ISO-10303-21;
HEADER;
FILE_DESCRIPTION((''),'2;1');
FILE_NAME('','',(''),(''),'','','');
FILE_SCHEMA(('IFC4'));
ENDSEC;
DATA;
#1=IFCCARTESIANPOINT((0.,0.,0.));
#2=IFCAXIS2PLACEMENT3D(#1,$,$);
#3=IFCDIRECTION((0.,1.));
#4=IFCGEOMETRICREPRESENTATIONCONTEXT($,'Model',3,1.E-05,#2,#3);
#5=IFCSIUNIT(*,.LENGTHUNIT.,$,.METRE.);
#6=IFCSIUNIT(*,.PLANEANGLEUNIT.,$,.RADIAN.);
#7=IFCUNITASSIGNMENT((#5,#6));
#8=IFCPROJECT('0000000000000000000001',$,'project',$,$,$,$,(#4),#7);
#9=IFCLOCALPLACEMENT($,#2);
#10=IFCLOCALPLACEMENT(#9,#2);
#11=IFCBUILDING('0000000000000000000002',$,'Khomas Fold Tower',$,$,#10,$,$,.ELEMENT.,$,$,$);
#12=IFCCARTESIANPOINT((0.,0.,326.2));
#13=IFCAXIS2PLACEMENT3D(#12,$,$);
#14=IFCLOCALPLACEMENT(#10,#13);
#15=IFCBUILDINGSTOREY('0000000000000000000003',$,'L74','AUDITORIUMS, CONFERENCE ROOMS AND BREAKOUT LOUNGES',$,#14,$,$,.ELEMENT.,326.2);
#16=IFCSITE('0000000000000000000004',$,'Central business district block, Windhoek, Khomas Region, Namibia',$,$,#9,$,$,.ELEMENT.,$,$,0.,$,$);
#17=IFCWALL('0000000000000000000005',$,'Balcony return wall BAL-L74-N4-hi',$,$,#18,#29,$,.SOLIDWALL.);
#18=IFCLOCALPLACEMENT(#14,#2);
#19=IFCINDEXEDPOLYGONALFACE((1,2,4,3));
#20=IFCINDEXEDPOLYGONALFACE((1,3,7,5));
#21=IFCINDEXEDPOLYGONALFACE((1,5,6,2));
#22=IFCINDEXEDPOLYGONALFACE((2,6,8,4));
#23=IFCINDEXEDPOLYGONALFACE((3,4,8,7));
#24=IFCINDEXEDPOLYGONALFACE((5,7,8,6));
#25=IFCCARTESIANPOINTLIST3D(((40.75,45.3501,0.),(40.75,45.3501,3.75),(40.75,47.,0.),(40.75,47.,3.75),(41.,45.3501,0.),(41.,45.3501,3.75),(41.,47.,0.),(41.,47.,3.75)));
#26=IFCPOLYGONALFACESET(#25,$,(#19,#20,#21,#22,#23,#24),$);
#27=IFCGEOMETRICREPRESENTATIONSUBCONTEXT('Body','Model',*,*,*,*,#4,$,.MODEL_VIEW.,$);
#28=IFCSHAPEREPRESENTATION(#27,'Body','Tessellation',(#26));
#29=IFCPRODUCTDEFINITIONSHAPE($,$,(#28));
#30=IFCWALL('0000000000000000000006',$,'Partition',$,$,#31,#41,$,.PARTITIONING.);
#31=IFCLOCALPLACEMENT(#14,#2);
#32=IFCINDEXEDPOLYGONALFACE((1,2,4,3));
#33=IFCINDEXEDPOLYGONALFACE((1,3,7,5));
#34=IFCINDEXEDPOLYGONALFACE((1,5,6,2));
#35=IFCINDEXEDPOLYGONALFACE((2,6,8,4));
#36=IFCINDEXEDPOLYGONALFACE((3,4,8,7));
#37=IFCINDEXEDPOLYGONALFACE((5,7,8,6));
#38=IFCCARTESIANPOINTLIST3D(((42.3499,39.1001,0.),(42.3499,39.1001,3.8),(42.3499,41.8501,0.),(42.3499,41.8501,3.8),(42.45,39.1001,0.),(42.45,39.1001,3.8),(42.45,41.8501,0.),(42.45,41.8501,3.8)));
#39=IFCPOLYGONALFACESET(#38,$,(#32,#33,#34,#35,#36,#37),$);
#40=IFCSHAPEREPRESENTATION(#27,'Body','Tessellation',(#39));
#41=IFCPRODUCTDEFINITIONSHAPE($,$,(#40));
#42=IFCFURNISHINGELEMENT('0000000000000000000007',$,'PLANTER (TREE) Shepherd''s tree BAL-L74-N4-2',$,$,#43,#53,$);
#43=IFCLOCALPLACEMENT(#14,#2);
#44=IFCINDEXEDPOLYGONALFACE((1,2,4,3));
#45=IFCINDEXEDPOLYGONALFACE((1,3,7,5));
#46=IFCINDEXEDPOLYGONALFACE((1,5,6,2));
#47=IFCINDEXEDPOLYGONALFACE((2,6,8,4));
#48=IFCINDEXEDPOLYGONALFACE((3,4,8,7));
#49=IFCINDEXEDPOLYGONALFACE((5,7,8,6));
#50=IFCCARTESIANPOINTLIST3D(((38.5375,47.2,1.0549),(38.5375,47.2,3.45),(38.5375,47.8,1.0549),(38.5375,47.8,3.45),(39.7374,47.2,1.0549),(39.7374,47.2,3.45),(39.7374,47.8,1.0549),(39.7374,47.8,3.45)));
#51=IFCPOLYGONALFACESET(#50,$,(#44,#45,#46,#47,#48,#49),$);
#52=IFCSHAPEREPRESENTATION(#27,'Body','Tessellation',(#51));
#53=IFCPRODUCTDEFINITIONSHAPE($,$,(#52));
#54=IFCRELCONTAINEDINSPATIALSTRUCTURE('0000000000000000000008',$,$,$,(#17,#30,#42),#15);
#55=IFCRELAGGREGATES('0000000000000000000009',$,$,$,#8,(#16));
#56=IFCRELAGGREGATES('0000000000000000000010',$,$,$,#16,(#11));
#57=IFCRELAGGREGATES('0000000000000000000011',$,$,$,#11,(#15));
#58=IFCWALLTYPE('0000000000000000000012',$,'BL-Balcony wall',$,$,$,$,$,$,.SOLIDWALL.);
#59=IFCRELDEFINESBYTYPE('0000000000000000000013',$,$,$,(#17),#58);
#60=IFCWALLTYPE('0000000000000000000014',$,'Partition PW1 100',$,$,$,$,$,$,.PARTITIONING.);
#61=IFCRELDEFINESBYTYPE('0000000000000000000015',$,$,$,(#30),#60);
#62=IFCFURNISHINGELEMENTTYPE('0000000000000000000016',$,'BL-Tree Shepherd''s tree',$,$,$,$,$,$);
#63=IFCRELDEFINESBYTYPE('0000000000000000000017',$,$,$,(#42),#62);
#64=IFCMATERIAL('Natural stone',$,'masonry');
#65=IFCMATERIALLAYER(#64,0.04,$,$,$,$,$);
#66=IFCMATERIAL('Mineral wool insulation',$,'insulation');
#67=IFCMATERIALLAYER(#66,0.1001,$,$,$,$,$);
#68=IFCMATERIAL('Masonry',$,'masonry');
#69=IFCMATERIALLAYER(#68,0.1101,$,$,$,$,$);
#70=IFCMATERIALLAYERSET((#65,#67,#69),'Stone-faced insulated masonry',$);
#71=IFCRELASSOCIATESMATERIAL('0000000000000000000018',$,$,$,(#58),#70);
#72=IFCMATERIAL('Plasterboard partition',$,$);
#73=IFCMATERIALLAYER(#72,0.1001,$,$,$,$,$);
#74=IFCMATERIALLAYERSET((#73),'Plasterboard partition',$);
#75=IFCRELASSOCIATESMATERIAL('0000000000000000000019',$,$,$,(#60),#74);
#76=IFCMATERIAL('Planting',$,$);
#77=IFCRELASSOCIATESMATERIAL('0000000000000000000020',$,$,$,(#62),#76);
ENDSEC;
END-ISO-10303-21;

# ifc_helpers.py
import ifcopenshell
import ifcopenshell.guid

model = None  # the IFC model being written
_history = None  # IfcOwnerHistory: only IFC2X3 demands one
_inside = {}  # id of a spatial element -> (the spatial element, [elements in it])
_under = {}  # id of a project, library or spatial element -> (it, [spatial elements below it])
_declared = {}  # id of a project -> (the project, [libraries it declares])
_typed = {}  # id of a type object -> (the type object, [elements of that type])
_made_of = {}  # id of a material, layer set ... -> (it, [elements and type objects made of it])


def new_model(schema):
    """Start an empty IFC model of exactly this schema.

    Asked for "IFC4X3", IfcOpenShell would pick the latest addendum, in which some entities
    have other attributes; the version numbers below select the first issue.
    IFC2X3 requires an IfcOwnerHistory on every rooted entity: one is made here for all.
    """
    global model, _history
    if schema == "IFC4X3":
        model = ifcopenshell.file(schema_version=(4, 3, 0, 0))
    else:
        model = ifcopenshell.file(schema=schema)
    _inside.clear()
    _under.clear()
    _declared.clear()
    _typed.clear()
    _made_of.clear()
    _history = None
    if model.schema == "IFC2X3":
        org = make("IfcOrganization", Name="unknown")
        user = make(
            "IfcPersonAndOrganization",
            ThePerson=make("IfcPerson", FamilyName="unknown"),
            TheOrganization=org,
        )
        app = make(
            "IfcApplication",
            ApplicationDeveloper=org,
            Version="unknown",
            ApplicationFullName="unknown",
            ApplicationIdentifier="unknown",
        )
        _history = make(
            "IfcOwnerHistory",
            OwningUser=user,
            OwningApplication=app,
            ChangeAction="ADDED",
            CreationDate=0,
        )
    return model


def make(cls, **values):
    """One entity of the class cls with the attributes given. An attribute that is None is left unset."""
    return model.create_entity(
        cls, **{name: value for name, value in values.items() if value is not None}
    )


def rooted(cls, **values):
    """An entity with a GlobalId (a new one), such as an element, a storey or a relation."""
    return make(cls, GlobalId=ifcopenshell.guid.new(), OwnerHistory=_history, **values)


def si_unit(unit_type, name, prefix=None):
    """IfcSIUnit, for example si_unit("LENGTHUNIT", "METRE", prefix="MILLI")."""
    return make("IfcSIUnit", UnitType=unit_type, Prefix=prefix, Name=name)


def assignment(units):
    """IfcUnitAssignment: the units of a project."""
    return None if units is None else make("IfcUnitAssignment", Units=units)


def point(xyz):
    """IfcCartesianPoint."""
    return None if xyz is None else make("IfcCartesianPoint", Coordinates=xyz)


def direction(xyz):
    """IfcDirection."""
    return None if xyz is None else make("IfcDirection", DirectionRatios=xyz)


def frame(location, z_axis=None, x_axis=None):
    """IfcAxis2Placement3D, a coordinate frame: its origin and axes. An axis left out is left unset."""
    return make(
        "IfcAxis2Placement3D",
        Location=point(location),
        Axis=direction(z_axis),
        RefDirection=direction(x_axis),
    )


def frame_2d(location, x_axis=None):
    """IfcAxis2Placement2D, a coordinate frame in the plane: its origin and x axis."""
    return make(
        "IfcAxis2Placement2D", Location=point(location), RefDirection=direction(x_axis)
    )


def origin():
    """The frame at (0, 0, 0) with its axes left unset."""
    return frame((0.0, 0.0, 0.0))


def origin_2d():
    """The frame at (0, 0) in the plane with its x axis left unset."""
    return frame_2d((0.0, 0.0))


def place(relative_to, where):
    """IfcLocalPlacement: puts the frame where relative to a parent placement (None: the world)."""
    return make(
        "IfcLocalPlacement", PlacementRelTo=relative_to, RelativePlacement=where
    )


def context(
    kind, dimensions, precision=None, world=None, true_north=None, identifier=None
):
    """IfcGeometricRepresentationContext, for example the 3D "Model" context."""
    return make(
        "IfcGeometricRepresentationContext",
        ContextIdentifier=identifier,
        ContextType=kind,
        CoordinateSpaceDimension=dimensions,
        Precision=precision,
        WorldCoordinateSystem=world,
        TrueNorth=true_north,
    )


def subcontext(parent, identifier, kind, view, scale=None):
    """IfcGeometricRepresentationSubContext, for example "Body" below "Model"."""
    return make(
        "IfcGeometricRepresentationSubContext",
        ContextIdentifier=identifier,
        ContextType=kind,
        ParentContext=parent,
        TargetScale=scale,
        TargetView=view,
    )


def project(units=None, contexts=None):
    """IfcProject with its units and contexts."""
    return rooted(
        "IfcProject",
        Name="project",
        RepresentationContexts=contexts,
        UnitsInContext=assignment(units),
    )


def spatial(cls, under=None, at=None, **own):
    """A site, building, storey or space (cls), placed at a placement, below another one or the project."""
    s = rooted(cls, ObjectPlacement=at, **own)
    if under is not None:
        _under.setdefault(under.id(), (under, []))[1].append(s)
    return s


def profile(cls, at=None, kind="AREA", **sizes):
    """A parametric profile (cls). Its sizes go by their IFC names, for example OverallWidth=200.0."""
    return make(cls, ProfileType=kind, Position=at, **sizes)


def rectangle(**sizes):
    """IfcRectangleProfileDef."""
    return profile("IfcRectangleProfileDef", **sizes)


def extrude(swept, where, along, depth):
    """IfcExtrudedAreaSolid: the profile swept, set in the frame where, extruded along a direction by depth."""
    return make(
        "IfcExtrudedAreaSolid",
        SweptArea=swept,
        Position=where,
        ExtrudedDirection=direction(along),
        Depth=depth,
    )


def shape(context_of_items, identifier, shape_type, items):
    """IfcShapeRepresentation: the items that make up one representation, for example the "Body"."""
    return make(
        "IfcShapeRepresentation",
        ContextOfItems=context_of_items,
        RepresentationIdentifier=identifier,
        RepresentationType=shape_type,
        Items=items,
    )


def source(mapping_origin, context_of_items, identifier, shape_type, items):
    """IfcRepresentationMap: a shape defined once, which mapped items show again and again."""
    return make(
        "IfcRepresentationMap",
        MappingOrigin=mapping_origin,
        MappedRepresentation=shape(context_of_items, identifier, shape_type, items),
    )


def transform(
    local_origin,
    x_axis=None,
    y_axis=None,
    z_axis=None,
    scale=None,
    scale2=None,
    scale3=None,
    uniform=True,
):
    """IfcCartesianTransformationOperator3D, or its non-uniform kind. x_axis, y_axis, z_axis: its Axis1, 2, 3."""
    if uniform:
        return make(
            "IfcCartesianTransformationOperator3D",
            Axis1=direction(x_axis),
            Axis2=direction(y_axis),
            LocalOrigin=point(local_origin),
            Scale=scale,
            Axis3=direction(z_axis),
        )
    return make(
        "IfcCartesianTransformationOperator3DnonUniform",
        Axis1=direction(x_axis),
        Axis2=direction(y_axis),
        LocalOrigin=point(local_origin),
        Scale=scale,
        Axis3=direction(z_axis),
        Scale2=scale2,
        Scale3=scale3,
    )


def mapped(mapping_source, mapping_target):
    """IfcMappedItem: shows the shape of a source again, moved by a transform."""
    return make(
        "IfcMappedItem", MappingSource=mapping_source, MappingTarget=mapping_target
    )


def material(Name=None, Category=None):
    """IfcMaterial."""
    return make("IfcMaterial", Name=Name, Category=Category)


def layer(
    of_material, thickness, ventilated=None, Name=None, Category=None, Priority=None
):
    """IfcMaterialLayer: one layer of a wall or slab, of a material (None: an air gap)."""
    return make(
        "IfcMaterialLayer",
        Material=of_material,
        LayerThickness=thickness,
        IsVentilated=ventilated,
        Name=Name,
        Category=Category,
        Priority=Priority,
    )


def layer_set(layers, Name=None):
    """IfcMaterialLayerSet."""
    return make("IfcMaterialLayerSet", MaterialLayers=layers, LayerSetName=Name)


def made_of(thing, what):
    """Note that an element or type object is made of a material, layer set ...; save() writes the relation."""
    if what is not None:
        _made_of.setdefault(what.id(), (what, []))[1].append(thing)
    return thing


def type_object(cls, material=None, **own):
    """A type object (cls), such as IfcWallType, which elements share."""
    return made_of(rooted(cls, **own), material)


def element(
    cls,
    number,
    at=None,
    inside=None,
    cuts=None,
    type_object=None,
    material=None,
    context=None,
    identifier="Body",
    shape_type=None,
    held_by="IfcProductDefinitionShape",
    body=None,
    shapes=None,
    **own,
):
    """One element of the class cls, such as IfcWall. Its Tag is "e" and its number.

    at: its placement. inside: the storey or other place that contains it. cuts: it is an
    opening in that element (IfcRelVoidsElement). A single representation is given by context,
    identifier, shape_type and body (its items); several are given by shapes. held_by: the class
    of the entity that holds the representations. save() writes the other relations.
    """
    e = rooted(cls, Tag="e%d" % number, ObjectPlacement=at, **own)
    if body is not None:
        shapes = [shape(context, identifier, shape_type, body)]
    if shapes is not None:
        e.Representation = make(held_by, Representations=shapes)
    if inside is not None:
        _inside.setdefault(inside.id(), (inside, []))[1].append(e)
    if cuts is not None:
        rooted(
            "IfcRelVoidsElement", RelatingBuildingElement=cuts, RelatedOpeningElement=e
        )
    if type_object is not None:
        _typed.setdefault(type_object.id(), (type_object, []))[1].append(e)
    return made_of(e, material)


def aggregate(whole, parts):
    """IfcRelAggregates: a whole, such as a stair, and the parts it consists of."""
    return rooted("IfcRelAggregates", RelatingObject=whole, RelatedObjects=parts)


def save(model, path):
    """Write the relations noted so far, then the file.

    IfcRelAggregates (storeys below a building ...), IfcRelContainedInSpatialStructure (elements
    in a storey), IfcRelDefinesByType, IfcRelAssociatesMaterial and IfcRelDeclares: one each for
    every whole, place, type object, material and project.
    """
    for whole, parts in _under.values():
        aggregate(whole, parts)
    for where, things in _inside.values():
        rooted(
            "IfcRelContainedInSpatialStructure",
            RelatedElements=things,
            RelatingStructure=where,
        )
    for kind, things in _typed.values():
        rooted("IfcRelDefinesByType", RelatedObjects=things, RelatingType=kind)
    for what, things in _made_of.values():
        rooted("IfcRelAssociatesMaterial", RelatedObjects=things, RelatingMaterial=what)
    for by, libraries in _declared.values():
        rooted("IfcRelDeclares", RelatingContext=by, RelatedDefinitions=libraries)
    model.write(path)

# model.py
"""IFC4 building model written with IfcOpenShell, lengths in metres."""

from ifc_helpers import new_model, si_unit, direction, frame, frame_2d, origin, origin_2d, place, context, subcontext, project, spatial, rectangle, extrude, source, transform, mapped, material, layer, layer_set, type_object, element, save


model = new_model("IFC4")

# Units and contexts
model_context = context("Model", 3, precision=1e-05, world=origin(), true_north=direction((0.0, 1.0)))
body_context = subcontext(model_context, "Body", "Model", "MODEL_VIEW")
ifc_project = project(units=[si_unit("LENGTHUNIT", "METRE"), si_unit("PLANEANGLEUNIT", "RADIAN")], contexts=[model_context])

# Site, building, storey
site_placement = place(None, origin())
site = spatial("IfcSite", under=ifc_project, at=site_placement, Name="Central business district block, Windhoek, Khomas Region, Namibia", CompositionType="ELEMENT", RefElevation=0.0)
building_placement = place(site_placement, origin())
building = spatial("IfcBuilding", under=site, at=building_placement, Name="Khomas Fold Tower", CompositionType="ELEMENT")
storey_placement = place(building_placement, frame((0.0, 0.0, 326.2)))
storey = spatial("IfcBuildingStorey", under=building, at=storey_placement, Name="L74", Description="AUDITORIUMS, CONFERENCE ROOMS AND BREAKOUT LOUNGES", CompositionType="ELEMENT", Elevation=326.2)

# Walls
ifc_material_1 = material(Name="Natural stone", Category="masonry")
ifc_layer_1 = layer(ifc_material_1, 0.04)
ifc_material_2 = material(Name="Mineral wool insulation", Category="insulation")
ifc_layer_2 = layer(ifc_material_2, 0.1001)
ifc_material_3 = material(Name="Masonry", Category="masonry")
ifc_layer_3 = layer(ifc_material_3, 0.1101)
ifc_layer_set_1 = layer_set([ifc_layer_1, ifc_layer_2, ifc_layer_3], Name="Stone-faced insulated masonry")
wall_type_1 = type_object("IfcWallType", Name="BL-Balcony wall", PredefinedType="SOLIDWALL", material=ifc_layer_set_1)
shared_shape_1 = source(origin(), body_context, "Body", "SweptSolid", [
    extrude(rectangle(XDim=1.6499, YDim=0.25, at=frame_2d((0.825, 0.0))), origin(), (0.0, 0.0, 1.0), 3.75),
])
wall_1_placement = place(storey_placement, frame((40.875, 47.0, 0.0), z_axis=(0.0, 0.0, 1.0), x_axis=(0.0, -1.0, 0.0)))
element("IfcWall", 1, at=wall_1_placement, inside=storey, type_object=wall_type_1, Name="Balcony return wall BAL-L74-N4-hi", PredefinedType="SOLIDWALL", context=body_context, shape_type="MappedRepresentation", body=[
    mapped(shared_shape_1, transform((0.0, 0.0, 0.0))),
])
ifc_material_4 = material(Name="Plasterboard partition")
ifc_layer_4 = layer(ifc_material_4, 0.1001)
ifc_layer_set_2 = layer_set([ifc_layer_4], Name="Plasterboard partition")
wall_type_2 = type_object("IfcWallType", Name="Partition PW1 100", PredefinedType="PARTITIONING", material=ifc_layer_set_2)
shared_shape_2 = source(origin(), body_context, "Body", "SweptSolid", [
    extrude(rectangle(XDim=2.75, YDim=0.1001, at=frame_2d((1.375, 0.0))), origin(), (0.0, 0.0, 1.0), 3.8),
])
wall_2_placement = place(storey_placement, frame((42.3999, 39.1001, 0.0), z_axis=(0.0, 0.0, 1.0), x_axis=(0.0, 1.0, 0.0)))
element("IfcWall", 2, at=wall_2_placement, inside=storey, type_object=wall_type_2, Name="Partition", PredefinedType="PARTITIONING", context=body_context, shape_type="MappedRepresentation", body=[
    mapped(shared_shape_2, transform((0.0, 0.0, 0.0))),
])

# Furnishing element
ifc_material_5 = material(Name="Planting")
furnishing_element_type = type_object("IfcFurnishingElementType", Name="BL-Tree Shepherd's tree", material=ifc_material_5)
shared_shape_3 = source(origin(), body_context, "Body", "SweptSolid", [
    extrude(rectangle(XDim=1.2, YDim=0.6001, at=origin_2d()), origin(), (0.0, 0.0, 1.0), 2.395),
])
furnishing_placement = place(storey_placement, frame((39.1375, 47.5, 1.0549), z_axis=(0.0, 0.0, 1.0), x_axis=(1.0, 0.0, 0.0)))
element("IfcFurnishingElement", 3, at=furnishing_placement, inside=storey, type_object=furnishing_element_type, Name="PLANTER (TREE) Shepherd's tree BAL-L74-N4-2", context=body_context, shape_type="MappedRepresentation", body=[
    mapped(shared_shape_3, transform((0.0, 0.0, 0.0))),
])

save(model, "model.ifc")
